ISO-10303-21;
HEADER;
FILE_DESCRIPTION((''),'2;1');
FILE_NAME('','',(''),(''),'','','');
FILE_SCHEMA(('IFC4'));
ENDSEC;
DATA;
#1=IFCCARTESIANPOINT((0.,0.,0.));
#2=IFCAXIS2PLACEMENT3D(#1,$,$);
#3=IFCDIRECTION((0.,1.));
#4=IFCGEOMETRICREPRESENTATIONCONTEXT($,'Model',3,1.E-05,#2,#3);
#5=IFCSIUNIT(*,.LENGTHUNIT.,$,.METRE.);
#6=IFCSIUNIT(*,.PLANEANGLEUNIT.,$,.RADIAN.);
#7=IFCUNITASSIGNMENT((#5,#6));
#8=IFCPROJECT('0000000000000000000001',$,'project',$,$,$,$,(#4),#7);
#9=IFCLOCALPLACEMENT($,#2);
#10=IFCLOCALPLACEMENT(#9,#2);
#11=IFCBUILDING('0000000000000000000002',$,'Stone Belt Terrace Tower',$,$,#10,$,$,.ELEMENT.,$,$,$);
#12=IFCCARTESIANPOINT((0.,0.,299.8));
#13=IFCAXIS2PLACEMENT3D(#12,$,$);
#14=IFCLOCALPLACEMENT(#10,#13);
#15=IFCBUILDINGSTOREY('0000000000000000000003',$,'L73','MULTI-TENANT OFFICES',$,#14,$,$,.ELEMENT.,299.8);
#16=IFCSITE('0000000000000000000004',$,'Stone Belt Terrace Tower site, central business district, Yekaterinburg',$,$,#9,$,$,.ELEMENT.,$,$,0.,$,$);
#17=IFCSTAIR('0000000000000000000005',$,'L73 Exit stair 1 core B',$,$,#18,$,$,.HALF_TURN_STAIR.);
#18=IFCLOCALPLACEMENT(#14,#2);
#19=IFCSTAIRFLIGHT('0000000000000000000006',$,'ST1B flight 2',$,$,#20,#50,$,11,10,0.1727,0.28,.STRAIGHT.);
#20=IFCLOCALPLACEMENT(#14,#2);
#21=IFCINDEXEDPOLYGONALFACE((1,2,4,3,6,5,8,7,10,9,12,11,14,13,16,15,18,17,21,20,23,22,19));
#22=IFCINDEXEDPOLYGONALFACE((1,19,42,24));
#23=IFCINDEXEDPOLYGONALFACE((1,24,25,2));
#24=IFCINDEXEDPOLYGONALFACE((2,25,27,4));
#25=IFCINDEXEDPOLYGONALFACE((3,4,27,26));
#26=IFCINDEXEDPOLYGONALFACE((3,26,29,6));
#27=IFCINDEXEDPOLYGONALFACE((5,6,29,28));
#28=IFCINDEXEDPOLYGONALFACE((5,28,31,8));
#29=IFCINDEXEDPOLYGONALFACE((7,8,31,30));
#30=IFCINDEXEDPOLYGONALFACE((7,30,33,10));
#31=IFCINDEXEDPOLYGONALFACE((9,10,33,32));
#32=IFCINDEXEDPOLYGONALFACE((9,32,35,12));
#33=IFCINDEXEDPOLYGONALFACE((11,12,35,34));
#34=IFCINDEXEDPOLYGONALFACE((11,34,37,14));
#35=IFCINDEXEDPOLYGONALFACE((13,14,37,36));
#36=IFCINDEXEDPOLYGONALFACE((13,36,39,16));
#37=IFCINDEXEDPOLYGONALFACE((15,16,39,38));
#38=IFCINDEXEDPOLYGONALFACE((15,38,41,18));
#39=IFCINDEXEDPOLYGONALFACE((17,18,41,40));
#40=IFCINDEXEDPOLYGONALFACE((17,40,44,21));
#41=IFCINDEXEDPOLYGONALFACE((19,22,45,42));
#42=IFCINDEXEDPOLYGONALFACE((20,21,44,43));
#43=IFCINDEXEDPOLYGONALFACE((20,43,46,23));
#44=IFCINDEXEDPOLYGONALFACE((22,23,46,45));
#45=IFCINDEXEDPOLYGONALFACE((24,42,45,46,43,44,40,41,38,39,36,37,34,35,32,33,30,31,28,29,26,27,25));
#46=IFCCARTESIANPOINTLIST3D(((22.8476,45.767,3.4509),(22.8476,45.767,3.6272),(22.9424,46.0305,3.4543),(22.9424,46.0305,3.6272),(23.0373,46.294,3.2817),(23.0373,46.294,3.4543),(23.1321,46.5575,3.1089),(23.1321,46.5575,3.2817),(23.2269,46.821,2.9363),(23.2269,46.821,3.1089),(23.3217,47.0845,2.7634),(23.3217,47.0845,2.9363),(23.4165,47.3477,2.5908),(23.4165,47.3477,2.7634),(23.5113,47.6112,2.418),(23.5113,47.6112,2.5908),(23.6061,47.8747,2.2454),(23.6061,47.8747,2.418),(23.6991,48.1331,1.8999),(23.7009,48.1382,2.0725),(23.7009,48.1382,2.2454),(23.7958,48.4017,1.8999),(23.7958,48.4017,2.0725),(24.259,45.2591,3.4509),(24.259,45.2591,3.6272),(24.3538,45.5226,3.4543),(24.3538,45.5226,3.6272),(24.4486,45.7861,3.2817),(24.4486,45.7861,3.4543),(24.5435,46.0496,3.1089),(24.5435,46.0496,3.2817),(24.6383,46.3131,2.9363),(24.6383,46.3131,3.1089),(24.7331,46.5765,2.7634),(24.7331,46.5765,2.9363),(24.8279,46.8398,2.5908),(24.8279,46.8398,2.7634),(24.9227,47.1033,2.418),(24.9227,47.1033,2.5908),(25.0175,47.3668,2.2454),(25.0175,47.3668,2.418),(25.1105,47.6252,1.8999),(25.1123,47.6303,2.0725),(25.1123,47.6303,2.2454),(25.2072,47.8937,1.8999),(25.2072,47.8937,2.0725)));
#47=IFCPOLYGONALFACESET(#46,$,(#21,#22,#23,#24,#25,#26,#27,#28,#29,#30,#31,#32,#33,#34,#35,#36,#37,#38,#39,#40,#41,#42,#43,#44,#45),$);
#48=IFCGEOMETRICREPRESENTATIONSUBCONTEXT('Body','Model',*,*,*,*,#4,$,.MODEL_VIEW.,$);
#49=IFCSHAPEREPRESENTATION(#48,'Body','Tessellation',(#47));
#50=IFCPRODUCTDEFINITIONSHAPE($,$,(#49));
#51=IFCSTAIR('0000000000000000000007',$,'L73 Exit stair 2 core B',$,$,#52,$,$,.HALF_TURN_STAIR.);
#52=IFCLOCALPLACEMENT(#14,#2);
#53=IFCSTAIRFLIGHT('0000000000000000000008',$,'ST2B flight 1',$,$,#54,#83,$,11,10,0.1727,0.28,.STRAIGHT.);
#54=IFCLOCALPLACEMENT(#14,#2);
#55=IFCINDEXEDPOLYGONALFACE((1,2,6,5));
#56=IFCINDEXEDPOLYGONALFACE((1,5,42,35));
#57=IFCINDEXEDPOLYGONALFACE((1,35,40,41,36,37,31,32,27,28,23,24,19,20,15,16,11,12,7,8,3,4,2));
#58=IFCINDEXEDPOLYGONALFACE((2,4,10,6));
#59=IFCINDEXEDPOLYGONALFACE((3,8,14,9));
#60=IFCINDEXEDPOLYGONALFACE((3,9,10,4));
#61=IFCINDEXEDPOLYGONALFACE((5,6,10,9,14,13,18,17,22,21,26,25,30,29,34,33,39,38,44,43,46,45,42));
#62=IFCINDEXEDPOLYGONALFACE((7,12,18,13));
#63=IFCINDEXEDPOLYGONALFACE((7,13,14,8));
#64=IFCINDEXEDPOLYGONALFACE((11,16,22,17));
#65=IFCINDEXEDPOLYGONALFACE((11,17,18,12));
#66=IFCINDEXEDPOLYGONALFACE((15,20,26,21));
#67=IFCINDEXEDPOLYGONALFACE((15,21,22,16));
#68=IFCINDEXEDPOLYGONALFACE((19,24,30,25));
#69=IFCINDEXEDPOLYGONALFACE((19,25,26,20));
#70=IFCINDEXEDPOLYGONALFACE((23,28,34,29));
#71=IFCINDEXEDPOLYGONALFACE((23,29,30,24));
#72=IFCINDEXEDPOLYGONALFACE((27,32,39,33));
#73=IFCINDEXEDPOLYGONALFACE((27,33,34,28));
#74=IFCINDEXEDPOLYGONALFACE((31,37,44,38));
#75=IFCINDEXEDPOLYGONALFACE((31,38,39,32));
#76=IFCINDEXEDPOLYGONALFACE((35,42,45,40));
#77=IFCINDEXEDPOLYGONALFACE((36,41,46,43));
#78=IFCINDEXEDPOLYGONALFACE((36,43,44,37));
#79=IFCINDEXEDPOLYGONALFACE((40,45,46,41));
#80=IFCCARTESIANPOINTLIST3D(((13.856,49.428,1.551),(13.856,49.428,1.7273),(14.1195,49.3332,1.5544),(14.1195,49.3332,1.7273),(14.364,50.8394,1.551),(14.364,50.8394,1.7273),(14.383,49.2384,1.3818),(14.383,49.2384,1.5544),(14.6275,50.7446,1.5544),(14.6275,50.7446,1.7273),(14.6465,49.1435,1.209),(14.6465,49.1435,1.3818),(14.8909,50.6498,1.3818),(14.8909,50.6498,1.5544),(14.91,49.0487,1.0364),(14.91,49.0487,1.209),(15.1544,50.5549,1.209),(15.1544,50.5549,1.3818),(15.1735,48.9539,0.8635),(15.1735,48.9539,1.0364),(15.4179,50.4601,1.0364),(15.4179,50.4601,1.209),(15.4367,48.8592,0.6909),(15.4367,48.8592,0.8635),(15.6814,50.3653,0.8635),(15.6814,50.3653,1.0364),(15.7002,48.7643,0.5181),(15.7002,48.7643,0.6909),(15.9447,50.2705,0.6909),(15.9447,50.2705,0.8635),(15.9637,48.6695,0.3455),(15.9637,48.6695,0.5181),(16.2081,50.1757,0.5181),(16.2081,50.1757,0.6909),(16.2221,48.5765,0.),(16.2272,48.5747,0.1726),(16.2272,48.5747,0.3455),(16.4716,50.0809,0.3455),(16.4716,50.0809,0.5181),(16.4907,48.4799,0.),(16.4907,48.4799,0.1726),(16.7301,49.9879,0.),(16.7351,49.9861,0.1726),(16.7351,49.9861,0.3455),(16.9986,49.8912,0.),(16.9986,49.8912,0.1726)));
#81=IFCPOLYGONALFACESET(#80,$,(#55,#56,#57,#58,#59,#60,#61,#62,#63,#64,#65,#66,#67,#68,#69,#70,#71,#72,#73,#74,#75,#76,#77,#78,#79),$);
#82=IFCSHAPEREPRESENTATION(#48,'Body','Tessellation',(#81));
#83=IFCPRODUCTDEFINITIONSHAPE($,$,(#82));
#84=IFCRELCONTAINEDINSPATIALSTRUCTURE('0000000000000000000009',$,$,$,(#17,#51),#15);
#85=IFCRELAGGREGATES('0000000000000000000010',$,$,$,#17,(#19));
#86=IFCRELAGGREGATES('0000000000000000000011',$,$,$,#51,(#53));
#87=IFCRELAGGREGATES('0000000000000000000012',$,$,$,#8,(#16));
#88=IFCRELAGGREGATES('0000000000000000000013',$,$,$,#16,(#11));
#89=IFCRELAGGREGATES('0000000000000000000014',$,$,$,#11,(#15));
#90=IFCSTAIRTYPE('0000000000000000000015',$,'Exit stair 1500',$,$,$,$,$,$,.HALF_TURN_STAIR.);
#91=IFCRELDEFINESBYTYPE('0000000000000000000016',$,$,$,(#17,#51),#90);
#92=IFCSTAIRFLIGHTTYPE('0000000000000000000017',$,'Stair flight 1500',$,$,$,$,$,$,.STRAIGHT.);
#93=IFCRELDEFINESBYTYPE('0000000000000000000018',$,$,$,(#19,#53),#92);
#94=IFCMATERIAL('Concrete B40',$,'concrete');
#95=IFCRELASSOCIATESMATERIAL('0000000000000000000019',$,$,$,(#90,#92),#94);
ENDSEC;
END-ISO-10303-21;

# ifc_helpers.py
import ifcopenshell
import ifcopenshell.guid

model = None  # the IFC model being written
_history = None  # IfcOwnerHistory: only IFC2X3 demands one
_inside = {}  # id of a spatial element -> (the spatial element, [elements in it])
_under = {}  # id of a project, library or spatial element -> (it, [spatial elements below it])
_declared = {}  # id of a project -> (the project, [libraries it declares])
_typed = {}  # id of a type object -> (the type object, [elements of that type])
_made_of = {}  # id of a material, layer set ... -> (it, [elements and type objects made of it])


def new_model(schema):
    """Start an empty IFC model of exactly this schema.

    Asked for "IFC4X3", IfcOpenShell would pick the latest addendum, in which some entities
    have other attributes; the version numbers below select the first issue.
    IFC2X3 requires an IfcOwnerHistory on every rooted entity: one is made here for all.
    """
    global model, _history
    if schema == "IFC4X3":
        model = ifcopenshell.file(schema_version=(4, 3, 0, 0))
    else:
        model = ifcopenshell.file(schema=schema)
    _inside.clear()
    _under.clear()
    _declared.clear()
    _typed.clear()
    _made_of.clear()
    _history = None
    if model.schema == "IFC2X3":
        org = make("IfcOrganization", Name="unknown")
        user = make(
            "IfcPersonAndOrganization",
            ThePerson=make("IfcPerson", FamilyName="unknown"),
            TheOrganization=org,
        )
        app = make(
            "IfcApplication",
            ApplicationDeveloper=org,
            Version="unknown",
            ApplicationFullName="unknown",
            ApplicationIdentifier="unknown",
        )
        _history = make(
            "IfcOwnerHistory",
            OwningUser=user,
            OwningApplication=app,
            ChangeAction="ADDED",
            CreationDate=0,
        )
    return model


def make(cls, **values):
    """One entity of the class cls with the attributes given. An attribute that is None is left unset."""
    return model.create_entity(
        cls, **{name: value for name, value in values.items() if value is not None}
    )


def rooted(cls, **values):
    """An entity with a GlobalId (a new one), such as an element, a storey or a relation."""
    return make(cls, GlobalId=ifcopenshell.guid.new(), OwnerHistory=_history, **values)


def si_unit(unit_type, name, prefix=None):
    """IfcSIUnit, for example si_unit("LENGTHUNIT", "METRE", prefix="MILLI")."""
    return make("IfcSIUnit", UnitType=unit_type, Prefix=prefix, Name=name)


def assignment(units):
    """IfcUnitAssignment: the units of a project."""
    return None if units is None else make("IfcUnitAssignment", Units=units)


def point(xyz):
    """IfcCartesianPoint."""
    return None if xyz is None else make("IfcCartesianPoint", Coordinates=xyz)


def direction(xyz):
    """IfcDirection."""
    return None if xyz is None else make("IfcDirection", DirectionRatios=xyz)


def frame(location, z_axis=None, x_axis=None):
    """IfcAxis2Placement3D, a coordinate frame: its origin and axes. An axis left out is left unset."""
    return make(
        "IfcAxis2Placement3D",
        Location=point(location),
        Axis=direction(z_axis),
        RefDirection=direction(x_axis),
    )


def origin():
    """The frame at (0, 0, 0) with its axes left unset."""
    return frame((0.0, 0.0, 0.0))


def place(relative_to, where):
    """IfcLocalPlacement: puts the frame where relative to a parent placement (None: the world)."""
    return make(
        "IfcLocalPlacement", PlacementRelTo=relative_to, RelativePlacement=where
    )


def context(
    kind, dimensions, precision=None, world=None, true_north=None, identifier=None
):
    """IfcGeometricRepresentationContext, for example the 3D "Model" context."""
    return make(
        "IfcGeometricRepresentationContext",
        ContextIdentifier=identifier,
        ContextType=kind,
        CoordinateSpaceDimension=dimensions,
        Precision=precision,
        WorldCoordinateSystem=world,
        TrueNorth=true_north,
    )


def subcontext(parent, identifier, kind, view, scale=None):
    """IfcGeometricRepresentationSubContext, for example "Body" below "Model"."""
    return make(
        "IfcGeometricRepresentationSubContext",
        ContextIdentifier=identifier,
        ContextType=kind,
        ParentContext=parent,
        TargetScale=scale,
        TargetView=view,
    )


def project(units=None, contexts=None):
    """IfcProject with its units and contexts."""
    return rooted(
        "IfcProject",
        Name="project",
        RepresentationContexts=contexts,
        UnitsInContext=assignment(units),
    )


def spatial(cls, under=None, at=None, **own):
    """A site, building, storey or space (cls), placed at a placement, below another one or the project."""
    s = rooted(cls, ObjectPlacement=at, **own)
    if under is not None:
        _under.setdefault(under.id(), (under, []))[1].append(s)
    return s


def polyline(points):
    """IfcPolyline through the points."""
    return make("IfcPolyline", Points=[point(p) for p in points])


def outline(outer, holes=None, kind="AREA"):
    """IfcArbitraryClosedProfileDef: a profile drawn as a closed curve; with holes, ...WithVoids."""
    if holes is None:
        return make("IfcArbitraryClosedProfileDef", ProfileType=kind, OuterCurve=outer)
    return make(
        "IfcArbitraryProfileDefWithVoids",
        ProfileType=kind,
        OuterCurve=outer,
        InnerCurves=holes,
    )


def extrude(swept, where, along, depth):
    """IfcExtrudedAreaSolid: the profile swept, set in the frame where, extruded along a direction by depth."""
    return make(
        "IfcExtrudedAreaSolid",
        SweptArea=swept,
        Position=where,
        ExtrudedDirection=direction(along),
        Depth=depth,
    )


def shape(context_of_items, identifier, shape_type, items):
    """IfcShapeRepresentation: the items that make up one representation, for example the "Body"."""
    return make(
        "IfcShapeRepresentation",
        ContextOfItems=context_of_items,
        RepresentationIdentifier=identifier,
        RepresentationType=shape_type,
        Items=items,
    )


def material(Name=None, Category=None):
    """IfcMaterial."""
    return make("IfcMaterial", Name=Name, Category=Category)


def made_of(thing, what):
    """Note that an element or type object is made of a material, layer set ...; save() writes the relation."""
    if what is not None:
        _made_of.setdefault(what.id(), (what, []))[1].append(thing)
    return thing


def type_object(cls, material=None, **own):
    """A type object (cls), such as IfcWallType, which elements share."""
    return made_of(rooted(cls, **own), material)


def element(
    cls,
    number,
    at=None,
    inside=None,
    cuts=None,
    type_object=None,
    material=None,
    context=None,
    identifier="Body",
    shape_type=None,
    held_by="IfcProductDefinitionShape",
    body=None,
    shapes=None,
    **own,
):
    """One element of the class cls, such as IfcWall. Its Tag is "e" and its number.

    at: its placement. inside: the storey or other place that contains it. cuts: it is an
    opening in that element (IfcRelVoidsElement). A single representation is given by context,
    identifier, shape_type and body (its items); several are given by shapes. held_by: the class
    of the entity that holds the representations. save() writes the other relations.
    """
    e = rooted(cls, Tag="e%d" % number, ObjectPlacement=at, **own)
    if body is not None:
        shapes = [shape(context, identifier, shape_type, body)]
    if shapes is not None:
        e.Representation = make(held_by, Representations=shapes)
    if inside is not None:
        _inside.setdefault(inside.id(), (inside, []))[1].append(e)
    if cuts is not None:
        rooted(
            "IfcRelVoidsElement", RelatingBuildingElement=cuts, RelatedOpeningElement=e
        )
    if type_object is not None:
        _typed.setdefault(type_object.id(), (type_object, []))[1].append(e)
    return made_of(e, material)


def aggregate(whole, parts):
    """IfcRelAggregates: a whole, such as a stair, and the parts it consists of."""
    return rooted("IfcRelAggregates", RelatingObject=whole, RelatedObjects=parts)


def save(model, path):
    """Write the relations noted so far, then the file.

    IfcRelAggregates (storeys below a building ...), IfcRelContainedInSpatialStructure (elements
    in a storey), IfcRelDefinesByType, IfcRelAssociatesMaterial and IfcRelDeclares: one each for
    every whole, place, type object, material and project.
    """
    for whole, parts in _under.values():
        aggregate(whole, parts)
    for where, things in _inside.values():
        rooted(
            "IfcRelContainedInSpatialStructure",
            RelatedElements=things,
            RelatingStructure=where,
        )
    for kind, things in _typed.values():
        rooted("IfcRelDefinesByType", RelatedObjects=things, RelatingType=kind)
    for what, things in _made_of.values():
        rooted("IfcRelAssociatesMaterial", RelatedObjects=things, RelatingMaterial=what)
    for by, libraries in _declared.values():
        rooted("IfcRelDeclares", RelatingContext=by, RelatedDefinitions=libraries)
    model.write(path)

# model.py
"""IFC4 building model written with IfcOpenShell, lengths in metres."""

from ifc_helpers import new_model, si_unit, direction, frame, origin, place, context, subcontext, project, spatial, polyline, outline, extrude, material, type_object, element, aggregate, save


model = new_model("IFC4")

# Units and contexts
model_context = context("Model", 3, precision=1e-05, world=origin(), true_north=direction((0.0, 1.0)))
body_context = subcontext(model_context, "Body", "Model", "MODEL_VIEW")
ifc_project = project(units=[si_unit("LENGTHUNIT", "METRE"), si_unit("PLANEANGLEUNIT", "RADIAN")], contexts=[model_context])

# Site, building, storey
site_placement = place(None, origin())
site = spatial("IfcSite", under=ifc_project, at=site_placement, Name="Stone Belt Terrace Tower site, central business district, Yekaterinburg", CompositionType="ELEMENT", RefElevation=0.0)
building_placement = place(site_placement, origin())
building = spatial("IfcBuilding", under=site, at=building_placement, Name="Stone Belt Terrace Tower", CompositionType="ELEMENT")
storey_placement = place(building_placement, frame((0.0, 0.0, 299.8)))
storey = spatial("IfcBuildingStorey", under=building, at=storey_placement, Name="L73", Description="MULTI-TENANT OFFICES", CompositionType="ELEMENT", Elevation=299.8)

# Stairs, stair flights
ifc_material_1 = material(Name="Concrete B40", Category="concrete")
stair_type = type_object("IfcStairType", Name="Exit stair 1500", PredefinedType="HALF_TURN_STAIR", material=ifc_material_1)
stair_1_placement = place(storey_placement, origin())
stair_1 = element("IfcStair", 1, at=stair_1_placement, inside=storey, type_object=stair_type, Name="L73 Exit stair 1 core B", PredefinedType="HALF_TURN_STAIR")
stair_flight_type = type_object("IfcStairFlightType", Name="Stair flight 1500", PredefinedType="STRAIGHT", material=ifc_material_1)
stair_flight_1_placement = place(storey_placement, frame((24.5015, 48.1477, 1.8999), z_axis=(0.0, 0.0, 1.0), x_axis=(-0.338624, -0.940922, 0.0)))
stair_flight_1 = element("IfcStairFlight", 2, at=stair_flight_1_placement, type_object=stair_flight_type, Name="ST1B flight 2", NumberOfRisers=11, NumberOfTreads=10, PredefinedType="STRAIGHT", RiserHeight=0.1727, TreadLength=0.28, context=body_context, shape_type="SweptSolid", body=[
    extrude(outline(polyline([(0.0, 0.0), (0.0, 0.1726), (0.28, 0.1726), (0.28, 0.3455), (0.5601, 0.3455), (0.5601, 0.5181), (0.8401, 0.5181), (0.8401, 0.6909), (1.1201, 0.6909), (1.1201, 0.8635), (1.3999, 0.8635), (1.3999, 1.0364), (1.6799, 1.0364), (1.6799, 1.209), (1.96, 1.209), (1.96, 1.3818), (2.24, 1.3818), (2.24, 1.5544), (2.52, 1.5544), (2.52, 1.7273), (2.8, 1.7273), (2.8, 1.8999), (2.8, 1.551), (0.2854, 0.0), (0.0, 0.0)])), frame((0.0, 0.75, 0.0), z_axis=(0.0, -1.0, 0.0), x_axis=(1.0, 0.0, 0.0)), (0.0, 0.0, 1.0), 1.5),
])
aggregate(stair_1, [stair_flight_1])
stair_2_placement = place(storey_placement, origin())
stair_2 = element("IfcStair", 3, at=stair_2_placement, inside=storey, type_object=stair_type, Name="L73 Exit stair 2 core B", PredefinedType="HALF_TURN_STAIR")
stair_flight_2_placement = place(storey_placement, frame((16.7446, 49.1855, 0.0), z_axis=(0.0, 0.0, 1.0), x_axis=(-0.940922, 0.338624, 0.0)))
stair_flight_2 = element("IfcStairFlight", 4, at=stair_flight_2_placement, type_object=stair_flight_type, Name="ST2B flight 1", NumberOfRisers=11, NumberOfTreads=10, PredefinedType="STRAIGHT", RiserHeight=0.1727, TreadLength=0.28, context=body_context, shape_type="SweptSolid", body=[
    extrude(outline(polyline([(0.0, 0.0), (0.0, 0.1726), (0.28, 0.1726), (0.28, 0.3455), (0.5601, 0.3455), (0.5601, 0.5181), (0.8401, 0.5181), (0.8401, 0.6909), (1.1201, 0.6909), (1.1201, 0.8635), (1.3999, 0.8635), (1.3999, 1.0364), (1.6799, 1.0364), (1.6799, 1.209), (1.96, 1.209), (1.96, 1.3818), (2.24, 1.3818), (2.24, 1.5544), (2.52, 1.5544), (2.52, 1.7273), (2.8, 1.7273), (2.8, 1.8999), (2.8, 1.551), (0.2854, 0.0), (0.0, 0.0)])), frame((0.0, 0.75, 0.0), z_axis=(0.0, -1.0, 0.0), x_axis=(1.0, 0.0, 0.0)), (0.0, 0.0, 1.0), 1.5),
])
aggregate(stair_2, [stair_flight_2])

save(model, "model.ifc")
